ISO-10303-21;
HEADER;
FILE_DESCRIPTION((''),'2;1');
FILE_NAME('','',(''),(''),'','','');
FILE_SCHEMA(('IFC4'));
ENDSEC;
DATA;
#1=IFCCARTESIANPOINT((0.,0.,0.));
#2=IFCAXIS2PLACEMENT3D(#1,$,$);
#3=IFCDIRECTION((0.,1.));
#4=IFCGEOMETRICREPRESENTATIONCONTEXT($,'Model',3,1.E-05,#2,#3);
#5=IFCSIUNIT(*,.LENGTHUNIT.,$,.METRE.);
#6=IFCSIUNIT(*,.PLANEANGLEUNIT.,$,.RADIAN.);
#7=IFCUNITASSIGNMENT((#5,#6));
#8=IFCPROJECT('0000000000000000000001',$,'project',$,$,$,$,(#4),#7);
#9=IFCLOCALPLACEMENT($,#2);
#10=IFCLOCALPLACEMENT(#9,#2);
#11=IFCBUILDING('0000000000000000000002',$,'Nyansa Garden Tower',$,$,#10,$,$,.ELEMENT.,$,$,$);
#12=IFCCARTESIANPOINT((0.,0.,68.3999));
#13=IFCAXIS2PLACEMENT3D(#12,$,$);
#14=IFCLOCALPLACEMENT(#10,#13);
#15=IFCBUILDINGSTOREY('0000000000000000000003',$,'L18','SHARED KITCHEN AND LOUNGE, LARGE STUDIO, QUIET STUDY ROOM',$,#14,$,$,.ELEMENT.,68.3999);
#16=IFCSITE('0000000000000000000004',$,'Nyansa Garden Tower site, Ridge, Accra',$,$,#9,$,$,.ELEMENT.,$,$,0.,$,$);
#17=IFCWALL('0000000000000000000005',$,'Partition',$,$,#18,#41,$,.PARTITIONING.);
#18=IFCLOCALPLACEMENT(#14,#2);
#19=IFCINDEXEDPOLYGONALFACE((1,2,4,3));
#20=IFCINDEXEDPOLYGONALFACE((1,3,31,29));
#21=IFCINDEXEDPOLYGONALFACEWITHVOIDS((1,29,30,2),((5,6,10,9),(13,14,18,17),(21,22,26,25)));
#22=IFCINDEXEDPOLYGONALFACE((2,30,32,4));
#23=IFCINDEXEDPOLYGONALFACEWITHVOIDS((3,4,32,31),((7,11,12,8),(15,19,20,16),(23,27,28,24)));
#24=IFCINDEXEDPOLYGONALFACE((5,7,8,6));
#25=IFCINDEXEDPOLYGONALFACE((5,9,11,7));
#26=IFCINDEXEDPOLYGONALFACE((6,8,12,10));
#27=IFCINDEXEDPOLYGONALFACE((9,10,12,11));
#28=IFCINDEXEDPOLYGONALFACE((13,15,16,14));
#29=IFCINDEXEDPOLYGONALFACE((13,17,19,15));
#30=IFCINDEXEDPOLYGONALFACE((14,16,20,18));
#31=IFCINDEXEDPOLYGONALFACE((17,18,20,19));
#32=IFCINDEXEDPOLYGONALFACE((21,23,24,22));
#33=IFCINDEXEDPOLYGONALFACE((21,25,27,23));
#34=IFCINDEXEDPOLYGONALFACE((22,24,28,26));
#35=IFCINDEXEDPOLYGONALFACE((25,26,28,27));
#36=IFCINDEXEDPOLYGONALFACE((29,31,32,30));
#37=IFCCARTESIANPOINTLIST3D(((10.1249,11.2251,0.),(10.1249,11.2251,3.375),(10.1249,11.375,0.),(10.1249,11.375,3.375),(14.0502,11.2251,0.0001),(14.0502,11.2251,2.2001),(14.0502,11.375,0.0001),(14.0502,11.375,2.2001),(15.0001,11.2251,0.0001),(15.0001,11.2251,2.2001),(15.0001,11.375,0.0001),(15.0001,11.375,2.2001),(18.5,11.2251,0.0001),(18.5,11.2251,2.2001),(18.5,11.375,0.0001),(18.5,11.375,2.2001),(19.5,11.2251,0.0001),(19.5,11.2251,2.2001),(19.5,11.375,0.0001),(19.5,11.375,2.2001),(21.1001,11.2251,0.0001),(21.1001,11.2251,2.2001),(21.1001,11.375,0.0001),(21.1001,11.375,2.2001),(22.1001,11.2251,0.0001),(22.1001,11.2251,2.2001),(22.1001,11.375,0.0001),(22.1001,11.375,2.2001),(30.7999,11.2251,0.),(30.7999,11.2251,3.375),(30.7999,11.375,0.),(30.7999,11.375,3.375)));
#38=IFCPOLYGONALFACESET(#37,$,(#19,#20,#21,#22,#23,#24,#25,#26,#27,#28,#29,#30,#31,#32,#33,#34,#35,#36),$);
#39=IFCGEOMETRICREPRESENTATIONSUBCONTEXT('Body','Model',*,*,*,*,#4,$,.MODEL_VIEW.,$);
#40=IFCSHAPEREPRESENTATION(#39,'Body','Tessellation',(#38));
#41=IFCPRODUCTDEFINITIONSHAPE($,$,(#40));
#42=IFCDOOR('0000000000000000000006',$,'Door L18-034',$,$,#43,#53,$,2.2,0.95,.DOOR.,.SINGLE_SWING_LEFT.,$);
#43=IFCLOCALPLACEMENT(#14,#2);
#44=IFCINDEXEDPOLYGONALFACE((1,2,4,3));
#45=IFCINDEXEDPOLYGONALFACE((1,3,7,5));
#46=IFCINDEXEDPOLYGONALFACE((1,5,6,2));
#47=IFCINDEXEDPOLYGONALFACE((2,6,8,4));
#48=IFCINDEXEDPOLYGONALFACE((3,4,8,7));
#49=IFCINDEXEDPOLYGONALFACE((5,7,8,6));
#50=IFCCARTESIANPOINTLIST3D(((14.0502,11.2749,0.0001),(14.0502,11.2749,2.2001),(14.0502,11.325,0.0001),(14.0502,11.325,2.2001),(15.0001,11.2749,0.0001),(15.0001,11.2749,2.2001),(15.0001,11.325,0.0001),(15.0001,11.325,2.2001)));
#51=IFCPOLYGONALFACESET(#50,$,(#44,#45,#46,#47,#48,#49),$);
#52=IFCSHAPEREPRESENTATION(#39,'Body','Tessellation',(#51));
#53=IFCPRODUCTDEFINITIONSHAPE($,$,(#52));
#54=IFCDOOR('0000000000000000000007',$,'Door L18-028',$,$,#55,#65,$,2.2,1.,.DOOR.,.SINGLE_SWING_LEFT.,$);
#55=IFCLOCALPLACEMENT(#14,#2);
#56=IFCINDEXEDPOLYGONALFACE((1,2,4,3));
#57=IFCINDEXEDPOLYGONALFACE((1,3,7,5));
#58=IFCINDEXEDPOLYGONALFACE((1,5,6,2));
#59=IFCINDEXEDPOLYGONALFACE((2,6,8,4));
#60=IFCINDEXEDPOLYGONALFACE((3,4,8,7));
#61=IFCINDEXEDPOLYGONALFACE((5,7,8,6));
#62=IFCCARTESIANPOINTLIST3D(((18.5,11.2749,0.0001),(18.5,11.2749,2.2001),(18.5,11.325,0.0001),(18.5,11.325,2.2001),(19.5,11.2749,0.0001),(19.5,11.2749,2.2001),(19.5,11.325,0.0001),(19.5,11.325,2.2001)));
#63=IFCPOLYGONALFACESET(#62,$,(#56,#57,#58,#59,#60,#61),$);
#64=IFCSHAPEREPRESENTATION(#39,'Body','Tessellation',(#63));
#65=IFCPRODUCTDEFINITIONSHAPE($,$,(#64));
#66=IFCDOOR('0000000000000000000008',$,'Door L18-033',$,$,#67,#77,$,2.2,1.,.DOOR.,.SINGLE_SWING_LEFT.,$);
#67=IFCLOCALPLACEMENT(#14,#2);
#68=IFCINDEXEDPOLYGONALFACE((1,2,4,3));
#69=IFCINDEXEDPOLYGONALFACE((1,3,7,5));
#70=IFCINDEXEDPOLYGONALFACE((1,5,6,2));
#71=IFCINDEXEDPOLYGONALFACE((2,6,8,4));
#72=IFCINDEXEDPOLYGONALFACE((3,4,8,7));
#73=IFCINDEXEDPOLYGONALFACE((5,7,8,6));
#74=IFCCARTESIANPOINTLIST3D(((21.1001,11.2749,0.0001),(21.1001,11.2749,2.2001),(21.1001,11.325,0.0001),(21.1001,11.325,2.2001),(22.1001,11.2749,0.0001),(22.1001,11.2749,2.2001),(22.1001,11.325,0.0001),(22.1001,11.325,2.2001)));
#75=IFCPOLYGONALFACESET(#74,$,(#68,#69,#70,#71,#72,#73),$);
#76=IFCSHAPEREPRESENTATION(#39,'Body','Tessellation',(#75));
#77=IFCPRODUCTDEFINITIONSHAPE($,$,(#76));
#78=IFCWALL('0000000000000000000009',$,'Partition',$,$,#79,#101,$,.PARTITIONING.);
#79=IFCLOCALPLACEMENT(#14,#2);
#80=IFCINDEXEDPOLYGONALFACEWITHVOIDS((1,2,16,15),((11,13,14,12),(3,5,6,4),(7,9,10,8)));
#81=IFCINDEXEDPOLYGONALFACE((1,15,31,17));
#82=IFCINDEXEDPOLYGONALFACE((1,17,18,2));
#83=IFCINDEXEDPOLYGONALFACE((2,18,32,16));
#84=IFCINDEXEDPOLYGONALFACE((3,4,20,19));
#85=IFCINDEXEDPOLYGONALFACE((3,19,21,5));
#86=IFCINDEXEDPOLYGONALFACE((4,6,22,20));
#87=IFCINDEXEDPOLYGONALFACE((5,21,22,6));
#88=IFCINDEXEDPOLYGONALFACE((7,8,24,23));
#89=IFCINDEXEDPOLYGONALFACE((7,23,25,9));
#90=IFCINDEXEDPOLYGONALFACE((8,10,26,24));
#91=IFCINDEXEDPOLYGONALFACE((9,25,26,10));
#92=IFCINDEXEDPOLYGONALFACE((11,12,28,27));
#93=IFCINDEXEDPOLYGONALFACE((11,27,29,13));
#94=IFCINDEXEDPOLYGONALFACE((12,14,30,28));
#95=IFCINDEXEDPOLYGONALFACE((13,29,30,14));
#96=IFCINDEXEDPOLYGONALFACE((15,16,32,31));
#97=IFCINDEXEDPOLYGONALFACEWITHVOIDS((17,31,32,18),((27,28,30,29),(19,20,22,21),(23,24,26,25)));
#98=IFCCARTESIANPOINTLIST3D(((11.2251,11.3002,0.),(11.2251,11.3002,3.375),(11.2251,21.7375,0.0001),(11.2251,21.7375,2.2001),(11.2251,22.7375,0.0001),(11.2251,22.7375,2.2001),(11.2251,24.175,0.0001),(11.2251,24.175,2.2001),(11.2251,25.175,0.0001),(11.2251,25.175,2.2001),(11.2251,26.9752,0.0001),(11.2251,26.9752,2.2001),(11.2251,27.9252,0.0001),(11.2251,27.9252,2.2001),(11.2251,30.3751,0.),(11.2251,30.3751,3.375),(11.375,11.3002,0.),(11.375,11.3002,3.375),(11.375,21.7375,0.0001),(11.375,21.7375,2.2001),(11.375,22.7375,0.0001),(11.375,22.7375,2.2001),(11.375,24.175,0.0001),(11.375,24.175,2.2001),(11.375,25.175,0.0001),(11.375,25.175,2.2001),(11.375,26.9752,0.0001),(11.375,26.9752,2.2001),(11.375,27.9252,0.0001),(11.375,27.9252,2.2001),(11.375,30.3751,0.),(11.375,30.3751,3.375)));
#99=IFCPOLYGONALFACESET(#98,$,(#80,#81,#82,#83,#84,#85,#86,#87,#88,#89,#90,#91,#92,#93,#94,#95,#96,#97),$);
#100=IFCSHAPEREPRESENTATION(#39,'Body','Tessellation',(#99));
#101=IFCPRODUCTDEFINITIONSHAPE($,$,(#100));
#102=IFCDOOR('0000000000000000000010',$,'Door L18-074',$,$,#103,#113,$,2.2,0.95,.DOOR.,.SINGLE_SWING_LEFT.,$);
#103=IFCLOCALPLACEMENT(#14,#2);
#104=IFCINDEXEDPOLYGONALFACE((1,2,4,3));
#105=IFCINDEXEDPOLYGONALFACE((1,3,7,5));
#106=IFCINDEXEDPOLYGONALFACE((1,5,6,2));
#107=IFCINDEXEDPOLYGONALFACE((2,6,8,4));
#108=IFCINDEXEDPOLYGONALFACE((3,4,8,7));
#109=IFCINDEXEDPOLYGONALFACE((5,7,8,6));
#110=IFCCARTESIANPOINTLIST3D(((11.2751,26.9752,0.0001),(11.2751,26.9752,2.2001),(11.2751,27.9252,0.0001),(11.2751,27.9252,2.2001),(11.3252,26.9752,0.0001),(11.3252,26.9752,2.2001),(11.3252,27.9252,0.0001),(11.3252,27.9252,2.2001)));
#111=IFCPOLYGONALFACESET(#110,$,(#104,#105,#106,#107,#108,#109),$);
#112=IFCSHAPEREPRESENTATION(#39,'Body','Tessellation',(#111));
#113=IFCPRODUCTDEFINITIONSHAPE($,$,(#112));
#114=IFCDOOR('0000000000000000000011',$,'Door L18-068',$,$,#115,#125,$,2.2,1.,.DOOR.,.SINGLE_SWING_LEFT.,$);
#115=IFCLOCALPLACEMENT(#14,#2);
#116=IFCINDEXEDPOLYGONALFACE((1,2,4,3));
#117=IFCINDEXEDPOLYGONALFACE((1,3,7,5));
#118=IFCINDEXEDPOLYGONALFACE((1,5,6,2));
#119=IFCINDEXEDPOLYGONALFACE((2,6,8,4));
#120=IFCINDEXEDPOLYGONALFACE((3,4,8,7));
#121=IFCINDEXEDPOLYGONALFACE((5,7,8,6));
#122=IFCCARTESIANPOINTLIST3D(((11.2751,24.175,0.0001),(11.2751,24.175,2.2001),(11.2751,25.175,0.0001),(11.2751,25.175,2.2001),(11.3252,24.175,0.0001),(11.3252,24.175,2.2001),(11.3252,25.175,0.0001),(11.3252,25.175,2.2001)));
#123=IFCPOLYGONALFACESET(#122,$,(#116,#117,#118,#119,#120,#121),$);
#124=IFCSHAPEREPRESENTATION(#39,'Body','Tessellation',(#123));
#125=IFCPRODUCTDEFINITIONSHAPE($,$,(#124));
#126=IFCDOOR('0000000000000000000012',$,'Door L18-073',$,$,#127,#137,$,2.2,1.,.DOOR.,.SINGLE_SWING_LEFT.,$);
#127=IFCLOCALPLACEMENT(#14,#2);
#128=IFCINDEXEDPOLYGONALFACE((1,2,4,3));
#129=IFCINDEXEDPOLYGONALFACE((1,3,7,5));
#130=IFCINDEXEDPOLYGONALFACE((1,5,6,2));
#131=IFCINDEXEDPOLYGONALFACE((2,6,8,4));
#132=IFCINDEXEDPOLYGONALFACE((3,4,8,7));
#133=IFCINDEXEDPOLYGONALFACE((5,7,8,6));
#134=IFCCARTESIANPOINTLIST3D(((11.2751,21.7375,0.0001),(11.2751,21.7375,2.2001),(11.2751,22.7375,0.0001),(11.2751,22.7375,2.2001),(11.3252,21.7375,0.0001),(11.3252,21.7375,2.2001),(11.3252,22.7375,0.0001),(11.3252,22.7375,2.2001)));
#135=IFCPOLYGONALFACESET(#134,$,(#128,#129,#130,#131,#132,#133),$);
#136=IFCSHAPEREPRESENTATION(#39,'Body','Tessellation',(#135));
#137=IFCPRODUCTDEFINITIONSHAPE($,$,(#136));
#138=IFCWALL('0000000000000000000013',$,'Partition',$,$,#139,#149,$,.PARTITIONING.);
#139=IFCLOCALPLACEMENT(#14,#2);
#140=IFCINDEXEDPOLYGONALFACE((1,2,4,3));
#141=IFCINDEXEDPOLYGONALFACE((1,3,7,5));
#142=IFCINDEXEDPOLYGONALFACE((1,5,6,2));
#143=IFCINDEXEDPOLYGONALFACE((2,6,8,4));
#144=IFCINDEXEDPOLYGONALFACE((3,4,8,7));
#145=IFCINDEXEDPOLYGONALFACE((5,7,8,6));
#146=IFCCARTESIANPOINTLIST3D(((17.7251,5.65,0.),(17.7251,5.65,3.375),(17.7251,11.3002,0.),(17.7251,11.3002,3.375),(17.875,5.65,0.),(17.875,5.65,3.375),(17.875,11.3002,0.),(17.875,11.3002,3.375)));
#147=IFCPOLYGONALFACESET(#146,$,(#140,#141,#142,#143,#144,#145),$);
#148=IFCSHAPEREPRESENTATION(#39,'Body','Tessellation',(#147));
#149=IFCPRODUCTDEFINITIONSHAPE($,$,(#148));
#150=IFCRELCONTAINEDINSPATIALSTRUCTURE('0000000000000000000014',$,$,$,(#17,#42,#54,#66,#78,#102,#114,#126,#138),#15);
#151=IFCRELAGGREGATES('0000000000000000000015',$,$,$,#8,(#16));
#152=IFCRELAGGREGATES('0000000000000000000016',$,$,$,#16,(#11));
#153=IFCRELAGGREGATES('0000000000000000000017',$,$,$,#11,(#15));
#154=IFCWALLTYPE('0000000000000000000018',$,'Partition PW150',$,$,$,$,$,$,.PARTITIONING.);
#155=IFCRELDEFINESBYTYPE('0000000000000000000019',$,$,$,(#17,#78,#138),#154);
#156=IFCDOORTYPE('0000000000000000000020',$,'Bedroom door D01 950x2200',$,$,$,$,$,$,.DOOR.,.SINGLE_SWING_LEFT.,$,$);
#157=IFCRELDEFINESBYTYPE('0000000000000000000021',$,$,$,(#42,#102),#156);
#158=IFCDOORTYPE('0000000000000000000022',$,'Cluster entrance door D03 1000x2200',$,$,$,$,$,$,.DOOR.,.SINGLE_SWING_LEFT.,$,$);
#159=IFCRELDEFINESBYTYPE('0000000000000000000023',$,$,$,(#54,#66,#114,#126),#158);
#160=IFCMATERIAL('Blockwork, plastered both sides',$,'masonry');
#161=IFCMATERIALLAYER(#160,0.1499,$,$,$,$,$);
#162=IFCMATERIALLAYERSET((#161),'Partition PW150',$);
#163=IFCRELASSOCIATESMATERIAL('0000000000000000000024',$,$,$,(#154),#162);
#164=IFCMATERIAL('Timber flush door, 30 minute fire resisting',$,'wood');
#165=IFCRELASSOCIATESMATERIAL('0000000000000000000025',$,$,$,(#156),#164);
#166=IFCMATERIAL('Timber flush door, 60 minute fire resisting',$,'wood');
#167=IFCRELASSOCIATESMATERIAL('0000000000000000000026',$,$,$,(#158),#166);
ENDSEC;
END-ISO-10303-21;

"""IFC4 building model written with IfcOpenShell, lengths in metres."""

from ifc_helpers import new_model, si_unit, direction, frame, frame_2d, origin, place, context, subcontext, project, spatial, rectangle, extrude, material, layer, layer_set, type_object, element, fill, save


model = new_model("IFC4")

# Units and contexts
model_context = context("Model", 3, precision=1e-05, world=origin(), true_north=direction((0.0, 1.0)))
body_context = subcontext(model_context, "Body", "Model", "MODEL_VIEW")
ifc_project = project(units=[si_unit("LENGTHUNIT", "METRE"), si_unit("PLANEANGLEUNIT", "RADIAN")], contexts=[model_context])

# Site, building, storey
site_placement = place(None, origin())
site = spatial("IfcSite", under=ifc_project, at=site_placement, Name="Nyansa Garden Tower site, Ridge, Accra", CompositionType="ELEMENT", RefElevation=0.0)
building_placement = place(site_placement, origin())
building = spatial("IfcBuilding", under=site, at=building_placement, Name="Nyansa Garden Tower", CompositionType="ELEMENT")
storey_placement = place(building_placement, frame((0.0, 0.0, 68.3999)))
storey = spatial("IfcBuildingStorey", under=building, at=storey_placement, Name="L18", Description="SHARED KITCHEN AND LOUNGE, LARGE STUDIO, QUIET STUDY ROOM", CompositionType="ELEMENT", Elevation=68.3999)

# Shared definitions
ifc_material_1 = material(Name="Blockwork, plastered both sides", Category="masonry")
ifc_layer = layer(ifc_material_1, 0.1499)
ifc_layer_set = layer_set([ifc_layer], Name="Partition PW150")
wall_type = type_object("IfcWallType", Name="Partition PW150", PredefinedType="PARTITIONING", material=ifc_layer_set)

# Walls, openings, doors
wall_1_placement = place(storey_placement, frame((10.125, 11.3, 0.0), z_axis=(0.0, 0.0, 1.0), x_axis=(1.0, 0.0, 0.0)))
wall_1 = element("IfcWall", 1, at=wall_1_placement, inside=storey, type_object=wall_type, Name="Partition", PredefinedType="PARTITIONING", context=body_context, shape_type="SweptSolid", body=[
    extrude(rectangle(XDim=20.675, YDim=0.1499, at=frame_2d((10.3374, 0.0))), origin(), (0.0, 0.0, 1.0), 3.375),
])
opening_1_placement = place(wall_1_placement, frame((8.375, 0.0, 0.0)))
opening_1 = element("IfcOpeningElement", 2, at=opening_1_placement, cuts=wall_1, PredefinedType="OPENING", context=body_context, shape_type="SweptSolid", body=[
    extrude(rectangle(XDim=1.0, YDim=2.2, at=frame_2d((0.5, 1.1001))), frame((0.0, 0.085, 0.0), z_axis=(0.0, -1.0, 0.0), x_axis=(1.0, 0.0, 0.0)), (0.0, 0.0, 1.0), 0.1699),
])
opening_2_placement = place(wall_1_placement, frame((10.9751, 0.0, 0.0)))
opening_2 = element("IfcOpeningElement", 3, at=opening_2_placement, cuts=wall_1, PredefinedType="OPENING", context=body_context, shape_type="SweptSolid", body=[
    extrude(rectangle(XDim=1.0, YDim=2.2, at=frame_2d((0.5, 1.1001))), frame((0.0, 0.085, 0.0), z_axis=(0.0, -1.0, 0.0), x_axis=(1.0, 0.0, 0.0)), (0.0, 0.0, 1.0), 0.1699),
])
opening_3_placement = place(wall_1_placement, frame((3.925, 0.0, 0.0)))
opening_3 = element("IfcOpeningElement", 4, at=opening_3_placement, cuts=wall_1, PredefinedType="OPENING", context=body_context, shape_type="SweptSolid", body=[
    extrude(rectangle(XDim=0.95, YDim=2.2, at=frame_2d((0.4751, 1.1001))), frame((0.0, 0.085, 0.0), z_axis=(0.0, -1.0, 0.0), x_axis=(1.0, 0.0, 0.0)), (0.0, 0.0, 1.0), 0.1699),
])
ifc_material_2 = material(Name="Timber flush door, 30 minute fire resisting", Category="wood")
door_type_1 = type_object("IfcDoorType", Name="Bedroom door D01 950x2200", OperationType="SINGLE_SWING_LEFT", PredefinedType="DOOR", material=ifc_material_2)
door_1_placement = place(opening_3_placement, origin())
door_1 = element("IfcDoor", 5, at=door_1_placement, inside=storey, type_object=door_type_1, Name="Door L18-034", OperationType="SINGLE_SWING_LEFT", OverallHeight=2.2, OverallWidth=0.95, PredefinedType="DOOR", context=body_context, shape_type="SweptSolid", body=[
    extrude(rectangle(XDim=0.95, YDim=2.2, at=frame_2d((0.4751, 1.1001))), frame((0.0, 0.0249, 0.0), z_axis=(0.0, -1.0, 0.0), x_axis=(1.0, 0.0, 0.0)), (0.0, 0.0, 1.0), 0.05),
])
fill(opening_3, door_1)
ifc_material_3 = material(Name="Timber flush door, 60 minute fire resisting", Category="wood")
door_type_2 = type_object("IfcDoorType", Name="Cluster entrance door D03 1000x2200", OperationType="SINGLE_SWING_LEFT", PredefinedType="DOOR", material=ifc_material_3)
door_2_placement = place(opening_1_placement, origin())
door_2 = element("IfcDoor", 6, at=door_2_placement, inside=storey, type_object=door_type_2, Name="Door L18-028", OperationType="SINGLE_SWING_LEFT", OverallHeight=2.2, OverallWidth=1.0, PredefinedType="DOOR", context=body_context, shape_type="SweptSolid", body=[
    extrude(rectangle(XDim=1.0, YDim=2.2, at=frame_2d((0.5, 1.1001))), frame((0.0, 0.0249, 0.0), z_axis=(0.0, -1.0, 0.0), x_axis=(1.0, 0.0, 0.0)), (0.0, 0.0, 1.0), 0.05),
])
fill(opening_1, door_2)
door_3_placement = place(opening_2_placement, origin())
door_3 = element("IfcDoor", 7, at=door_3_placement, inside=storey, type_object=door_type_2, Name="Door L18-033", OperationType="SINGLE_SWING_LEFT", OverallHeight=2.2, OverallWidth=1.0, PredefinedType="DOOR", context=body_context, shape_type="SweptSolid", body=[
    extrude(rectangle(XDim=1.0, YDim=2.2, at=frame_2d((0.5, 1.1001))), frame((0.0, 0.0249, 0.0), z_axis=(0.0, -1.0, 0.0), x_axis=(1.0, 0.0, 0.0)), (0.0, 0.0, 1.0), 0.05),
])
fill(opening_2, door_3)
wall_2_placement = place(storey_placement, frame((11.3, 11.3, 0.0), z_axis=(0.0, 0.0, 1.0), x_axis=(0.0, 1.0, 0.0)))
wall_2 = element("IfcWall", 8, at=wall_2_placement, inside=storey, type_object=wall_type, Name="Partition", PredefinedType="PARTITIONING", context=body_context, shape_type="SweptSolid", body=[
    extrude(rectangle(XDim=19.075, YDim=0.1499, at=frame_2d((9.5376, 0.0))), origin(), (0.0, 0.0, 1.0), 3.375),
])
opening_4_placement = place(wall_2_placement, frame((12.875, 0.0, 0.0)))
opening_4 = element("IfcOpeningElement", 9, at=opening_4_placement, cuts=wall_2, PredefinedType="OPENING", context=body_context, shape_type="SweptSolid", body=[
    extrude(rectangle(XDim=1.0, YDim=2.2, at=frame_2d((0.5, 1.1001))), frame((0.0, 0.085, 0.0), z_axis=(0.0, -1.0, 0.0), x_axis=(1.0, 0.0, 0.0)), (0.0, 0.0, 1.0), 0.1699),
])
opening_5_placement = place(wall_2_placement, frame((10.4375, 0.0, 0.0)))
opening_5 = element("IfcOpeningElement", 10, at=opening_5_placement, cuts=wall_2, PredefinedType="OPENING", context=body_context, shape_type="SweptSolid", body=[
    extrude(rectangle(XDim=1.0, YDim=2.2, at=frame_2d((0.5, 1.1001))), frame((0.0, 0.085, 0.0), z_axis=(0.0, -1.0, 0.0), x_axis=(1.0, 0.0, 0.0)), (0.0, 0.0, 1.0), 0.1699),
])
opening_6_placement = place(wall_2_placement, frame((15.675, 0.0, 0.0)))
opening_6 = element("IfcOpeningElement", 11, at=opening_6_placement, cuts=wall_2, PredefinedType="OPENING", context=body_context, shape_type="SweptSolid", body=[
    extrude(rectangle(XDim=0.95, YDim=2.2, at=frame_2d((0.4751, 1.1001))), frame((0.0, 0.085, 0.0), z_axis=(0.0, -1.0, 0.0), x_axis=(1.0, 0.0, 0.0)), (0.0, 0.0, 1.0), 0.1699),
])
door_4_placement = place(opening_6_placement, origin())
door_4 = element("IfcDoor", 12, at=door_4_placement, inside=storey, type_object=door_type_1, Name="Door L18-074", OperationType="SINGLE_SWING_LEFT", OverallHeight=2.2, OverallWidth=0.95, PredefinedType="DOOR", context=body_context, shape_type="SweptSolid", body=[
    extrude(rectangle(XDim=0.95, YDim=2.2, at=frame_2d((0.4751, 1.1001))), frame((0.0, 0.0249, 0.0), z_axis=(0.0, -1.0, 0.0), x_axis=(1.0, 0.0, 0.0)), (0.0, 0.0, 1.0), 0.05),
])
fill(opening_6, door_4)
door_5_placement = place(opening_4_placement, origin())
door_5 = element("IfcDoor", 13, at=door_5_placement, inside=storey, type_object=door_type_2, Name="Door L18-068", OperationType="SINGLE_SWING_LEFT", OverallHeight=2.2, OverallWidth=1.0, PredefinedType="DOOR", context=body_context, shape_type="SweptSolid", body=[
    extrude(rectangle(XDim=1.0, YDim=2.2, at=frame_2d((0.5, 1.1001))), frame((0.0, 0.0249, 0.0), z_axis=(0.0, -1.0, 0.0), x_axis=(1.0, 0.0, 0.0)), (0.0, 0.0, 1.0), 0.05),
])
fill(opening_4, door_5)
door_6_placement = place(opening_5_placement, origin())
door_6 = element("IfcDoor", 14, at=door_6_placement, inside=storey, type_object=door_type_2, Name="Door L18-073", OperationType="SINGLE_SWING_LEFT", OverallHeight=2.2, OverallWidth=1.0, PredefinedType="DOOR", context=body_context, shape_type="SweptSolid", body=[
    extrude(rectangle(XDim=1.0, YDim=2.2, at=frame_2d((0.5, 1.1001))), frame((0.0, 0.0249, 0.0), z_axis=(0.0, -1.0, 0.0), x_axis=(1.0, 0.0, 0.0)), (0.0, 0.0, 1.0), 0.05),
])
fill(opening_5, door_6)

# Wall
wall_3_placement = place(storey_placement, frame((17.8, 5.6499, 0.0), z_axis=(0.0, 0.0, 1.0), x_axis=(0.0, 1.0, 0.0)))
element("IfcWall", 15, at=wall_3_placement, inside=storey, type_object=wall_type, Name="Partition", PredefinedType="PARTITIONING", context=body_context, shape_type="SweptSolid", body=[
    extrude(rectangle(XDim=5.6501, YDim=0.1499, at=frame_2d((2.8252, 0.0))), origin(), (0.0, 0.0, 1.0), 3.375),
])

save(model, "model.ifc")
